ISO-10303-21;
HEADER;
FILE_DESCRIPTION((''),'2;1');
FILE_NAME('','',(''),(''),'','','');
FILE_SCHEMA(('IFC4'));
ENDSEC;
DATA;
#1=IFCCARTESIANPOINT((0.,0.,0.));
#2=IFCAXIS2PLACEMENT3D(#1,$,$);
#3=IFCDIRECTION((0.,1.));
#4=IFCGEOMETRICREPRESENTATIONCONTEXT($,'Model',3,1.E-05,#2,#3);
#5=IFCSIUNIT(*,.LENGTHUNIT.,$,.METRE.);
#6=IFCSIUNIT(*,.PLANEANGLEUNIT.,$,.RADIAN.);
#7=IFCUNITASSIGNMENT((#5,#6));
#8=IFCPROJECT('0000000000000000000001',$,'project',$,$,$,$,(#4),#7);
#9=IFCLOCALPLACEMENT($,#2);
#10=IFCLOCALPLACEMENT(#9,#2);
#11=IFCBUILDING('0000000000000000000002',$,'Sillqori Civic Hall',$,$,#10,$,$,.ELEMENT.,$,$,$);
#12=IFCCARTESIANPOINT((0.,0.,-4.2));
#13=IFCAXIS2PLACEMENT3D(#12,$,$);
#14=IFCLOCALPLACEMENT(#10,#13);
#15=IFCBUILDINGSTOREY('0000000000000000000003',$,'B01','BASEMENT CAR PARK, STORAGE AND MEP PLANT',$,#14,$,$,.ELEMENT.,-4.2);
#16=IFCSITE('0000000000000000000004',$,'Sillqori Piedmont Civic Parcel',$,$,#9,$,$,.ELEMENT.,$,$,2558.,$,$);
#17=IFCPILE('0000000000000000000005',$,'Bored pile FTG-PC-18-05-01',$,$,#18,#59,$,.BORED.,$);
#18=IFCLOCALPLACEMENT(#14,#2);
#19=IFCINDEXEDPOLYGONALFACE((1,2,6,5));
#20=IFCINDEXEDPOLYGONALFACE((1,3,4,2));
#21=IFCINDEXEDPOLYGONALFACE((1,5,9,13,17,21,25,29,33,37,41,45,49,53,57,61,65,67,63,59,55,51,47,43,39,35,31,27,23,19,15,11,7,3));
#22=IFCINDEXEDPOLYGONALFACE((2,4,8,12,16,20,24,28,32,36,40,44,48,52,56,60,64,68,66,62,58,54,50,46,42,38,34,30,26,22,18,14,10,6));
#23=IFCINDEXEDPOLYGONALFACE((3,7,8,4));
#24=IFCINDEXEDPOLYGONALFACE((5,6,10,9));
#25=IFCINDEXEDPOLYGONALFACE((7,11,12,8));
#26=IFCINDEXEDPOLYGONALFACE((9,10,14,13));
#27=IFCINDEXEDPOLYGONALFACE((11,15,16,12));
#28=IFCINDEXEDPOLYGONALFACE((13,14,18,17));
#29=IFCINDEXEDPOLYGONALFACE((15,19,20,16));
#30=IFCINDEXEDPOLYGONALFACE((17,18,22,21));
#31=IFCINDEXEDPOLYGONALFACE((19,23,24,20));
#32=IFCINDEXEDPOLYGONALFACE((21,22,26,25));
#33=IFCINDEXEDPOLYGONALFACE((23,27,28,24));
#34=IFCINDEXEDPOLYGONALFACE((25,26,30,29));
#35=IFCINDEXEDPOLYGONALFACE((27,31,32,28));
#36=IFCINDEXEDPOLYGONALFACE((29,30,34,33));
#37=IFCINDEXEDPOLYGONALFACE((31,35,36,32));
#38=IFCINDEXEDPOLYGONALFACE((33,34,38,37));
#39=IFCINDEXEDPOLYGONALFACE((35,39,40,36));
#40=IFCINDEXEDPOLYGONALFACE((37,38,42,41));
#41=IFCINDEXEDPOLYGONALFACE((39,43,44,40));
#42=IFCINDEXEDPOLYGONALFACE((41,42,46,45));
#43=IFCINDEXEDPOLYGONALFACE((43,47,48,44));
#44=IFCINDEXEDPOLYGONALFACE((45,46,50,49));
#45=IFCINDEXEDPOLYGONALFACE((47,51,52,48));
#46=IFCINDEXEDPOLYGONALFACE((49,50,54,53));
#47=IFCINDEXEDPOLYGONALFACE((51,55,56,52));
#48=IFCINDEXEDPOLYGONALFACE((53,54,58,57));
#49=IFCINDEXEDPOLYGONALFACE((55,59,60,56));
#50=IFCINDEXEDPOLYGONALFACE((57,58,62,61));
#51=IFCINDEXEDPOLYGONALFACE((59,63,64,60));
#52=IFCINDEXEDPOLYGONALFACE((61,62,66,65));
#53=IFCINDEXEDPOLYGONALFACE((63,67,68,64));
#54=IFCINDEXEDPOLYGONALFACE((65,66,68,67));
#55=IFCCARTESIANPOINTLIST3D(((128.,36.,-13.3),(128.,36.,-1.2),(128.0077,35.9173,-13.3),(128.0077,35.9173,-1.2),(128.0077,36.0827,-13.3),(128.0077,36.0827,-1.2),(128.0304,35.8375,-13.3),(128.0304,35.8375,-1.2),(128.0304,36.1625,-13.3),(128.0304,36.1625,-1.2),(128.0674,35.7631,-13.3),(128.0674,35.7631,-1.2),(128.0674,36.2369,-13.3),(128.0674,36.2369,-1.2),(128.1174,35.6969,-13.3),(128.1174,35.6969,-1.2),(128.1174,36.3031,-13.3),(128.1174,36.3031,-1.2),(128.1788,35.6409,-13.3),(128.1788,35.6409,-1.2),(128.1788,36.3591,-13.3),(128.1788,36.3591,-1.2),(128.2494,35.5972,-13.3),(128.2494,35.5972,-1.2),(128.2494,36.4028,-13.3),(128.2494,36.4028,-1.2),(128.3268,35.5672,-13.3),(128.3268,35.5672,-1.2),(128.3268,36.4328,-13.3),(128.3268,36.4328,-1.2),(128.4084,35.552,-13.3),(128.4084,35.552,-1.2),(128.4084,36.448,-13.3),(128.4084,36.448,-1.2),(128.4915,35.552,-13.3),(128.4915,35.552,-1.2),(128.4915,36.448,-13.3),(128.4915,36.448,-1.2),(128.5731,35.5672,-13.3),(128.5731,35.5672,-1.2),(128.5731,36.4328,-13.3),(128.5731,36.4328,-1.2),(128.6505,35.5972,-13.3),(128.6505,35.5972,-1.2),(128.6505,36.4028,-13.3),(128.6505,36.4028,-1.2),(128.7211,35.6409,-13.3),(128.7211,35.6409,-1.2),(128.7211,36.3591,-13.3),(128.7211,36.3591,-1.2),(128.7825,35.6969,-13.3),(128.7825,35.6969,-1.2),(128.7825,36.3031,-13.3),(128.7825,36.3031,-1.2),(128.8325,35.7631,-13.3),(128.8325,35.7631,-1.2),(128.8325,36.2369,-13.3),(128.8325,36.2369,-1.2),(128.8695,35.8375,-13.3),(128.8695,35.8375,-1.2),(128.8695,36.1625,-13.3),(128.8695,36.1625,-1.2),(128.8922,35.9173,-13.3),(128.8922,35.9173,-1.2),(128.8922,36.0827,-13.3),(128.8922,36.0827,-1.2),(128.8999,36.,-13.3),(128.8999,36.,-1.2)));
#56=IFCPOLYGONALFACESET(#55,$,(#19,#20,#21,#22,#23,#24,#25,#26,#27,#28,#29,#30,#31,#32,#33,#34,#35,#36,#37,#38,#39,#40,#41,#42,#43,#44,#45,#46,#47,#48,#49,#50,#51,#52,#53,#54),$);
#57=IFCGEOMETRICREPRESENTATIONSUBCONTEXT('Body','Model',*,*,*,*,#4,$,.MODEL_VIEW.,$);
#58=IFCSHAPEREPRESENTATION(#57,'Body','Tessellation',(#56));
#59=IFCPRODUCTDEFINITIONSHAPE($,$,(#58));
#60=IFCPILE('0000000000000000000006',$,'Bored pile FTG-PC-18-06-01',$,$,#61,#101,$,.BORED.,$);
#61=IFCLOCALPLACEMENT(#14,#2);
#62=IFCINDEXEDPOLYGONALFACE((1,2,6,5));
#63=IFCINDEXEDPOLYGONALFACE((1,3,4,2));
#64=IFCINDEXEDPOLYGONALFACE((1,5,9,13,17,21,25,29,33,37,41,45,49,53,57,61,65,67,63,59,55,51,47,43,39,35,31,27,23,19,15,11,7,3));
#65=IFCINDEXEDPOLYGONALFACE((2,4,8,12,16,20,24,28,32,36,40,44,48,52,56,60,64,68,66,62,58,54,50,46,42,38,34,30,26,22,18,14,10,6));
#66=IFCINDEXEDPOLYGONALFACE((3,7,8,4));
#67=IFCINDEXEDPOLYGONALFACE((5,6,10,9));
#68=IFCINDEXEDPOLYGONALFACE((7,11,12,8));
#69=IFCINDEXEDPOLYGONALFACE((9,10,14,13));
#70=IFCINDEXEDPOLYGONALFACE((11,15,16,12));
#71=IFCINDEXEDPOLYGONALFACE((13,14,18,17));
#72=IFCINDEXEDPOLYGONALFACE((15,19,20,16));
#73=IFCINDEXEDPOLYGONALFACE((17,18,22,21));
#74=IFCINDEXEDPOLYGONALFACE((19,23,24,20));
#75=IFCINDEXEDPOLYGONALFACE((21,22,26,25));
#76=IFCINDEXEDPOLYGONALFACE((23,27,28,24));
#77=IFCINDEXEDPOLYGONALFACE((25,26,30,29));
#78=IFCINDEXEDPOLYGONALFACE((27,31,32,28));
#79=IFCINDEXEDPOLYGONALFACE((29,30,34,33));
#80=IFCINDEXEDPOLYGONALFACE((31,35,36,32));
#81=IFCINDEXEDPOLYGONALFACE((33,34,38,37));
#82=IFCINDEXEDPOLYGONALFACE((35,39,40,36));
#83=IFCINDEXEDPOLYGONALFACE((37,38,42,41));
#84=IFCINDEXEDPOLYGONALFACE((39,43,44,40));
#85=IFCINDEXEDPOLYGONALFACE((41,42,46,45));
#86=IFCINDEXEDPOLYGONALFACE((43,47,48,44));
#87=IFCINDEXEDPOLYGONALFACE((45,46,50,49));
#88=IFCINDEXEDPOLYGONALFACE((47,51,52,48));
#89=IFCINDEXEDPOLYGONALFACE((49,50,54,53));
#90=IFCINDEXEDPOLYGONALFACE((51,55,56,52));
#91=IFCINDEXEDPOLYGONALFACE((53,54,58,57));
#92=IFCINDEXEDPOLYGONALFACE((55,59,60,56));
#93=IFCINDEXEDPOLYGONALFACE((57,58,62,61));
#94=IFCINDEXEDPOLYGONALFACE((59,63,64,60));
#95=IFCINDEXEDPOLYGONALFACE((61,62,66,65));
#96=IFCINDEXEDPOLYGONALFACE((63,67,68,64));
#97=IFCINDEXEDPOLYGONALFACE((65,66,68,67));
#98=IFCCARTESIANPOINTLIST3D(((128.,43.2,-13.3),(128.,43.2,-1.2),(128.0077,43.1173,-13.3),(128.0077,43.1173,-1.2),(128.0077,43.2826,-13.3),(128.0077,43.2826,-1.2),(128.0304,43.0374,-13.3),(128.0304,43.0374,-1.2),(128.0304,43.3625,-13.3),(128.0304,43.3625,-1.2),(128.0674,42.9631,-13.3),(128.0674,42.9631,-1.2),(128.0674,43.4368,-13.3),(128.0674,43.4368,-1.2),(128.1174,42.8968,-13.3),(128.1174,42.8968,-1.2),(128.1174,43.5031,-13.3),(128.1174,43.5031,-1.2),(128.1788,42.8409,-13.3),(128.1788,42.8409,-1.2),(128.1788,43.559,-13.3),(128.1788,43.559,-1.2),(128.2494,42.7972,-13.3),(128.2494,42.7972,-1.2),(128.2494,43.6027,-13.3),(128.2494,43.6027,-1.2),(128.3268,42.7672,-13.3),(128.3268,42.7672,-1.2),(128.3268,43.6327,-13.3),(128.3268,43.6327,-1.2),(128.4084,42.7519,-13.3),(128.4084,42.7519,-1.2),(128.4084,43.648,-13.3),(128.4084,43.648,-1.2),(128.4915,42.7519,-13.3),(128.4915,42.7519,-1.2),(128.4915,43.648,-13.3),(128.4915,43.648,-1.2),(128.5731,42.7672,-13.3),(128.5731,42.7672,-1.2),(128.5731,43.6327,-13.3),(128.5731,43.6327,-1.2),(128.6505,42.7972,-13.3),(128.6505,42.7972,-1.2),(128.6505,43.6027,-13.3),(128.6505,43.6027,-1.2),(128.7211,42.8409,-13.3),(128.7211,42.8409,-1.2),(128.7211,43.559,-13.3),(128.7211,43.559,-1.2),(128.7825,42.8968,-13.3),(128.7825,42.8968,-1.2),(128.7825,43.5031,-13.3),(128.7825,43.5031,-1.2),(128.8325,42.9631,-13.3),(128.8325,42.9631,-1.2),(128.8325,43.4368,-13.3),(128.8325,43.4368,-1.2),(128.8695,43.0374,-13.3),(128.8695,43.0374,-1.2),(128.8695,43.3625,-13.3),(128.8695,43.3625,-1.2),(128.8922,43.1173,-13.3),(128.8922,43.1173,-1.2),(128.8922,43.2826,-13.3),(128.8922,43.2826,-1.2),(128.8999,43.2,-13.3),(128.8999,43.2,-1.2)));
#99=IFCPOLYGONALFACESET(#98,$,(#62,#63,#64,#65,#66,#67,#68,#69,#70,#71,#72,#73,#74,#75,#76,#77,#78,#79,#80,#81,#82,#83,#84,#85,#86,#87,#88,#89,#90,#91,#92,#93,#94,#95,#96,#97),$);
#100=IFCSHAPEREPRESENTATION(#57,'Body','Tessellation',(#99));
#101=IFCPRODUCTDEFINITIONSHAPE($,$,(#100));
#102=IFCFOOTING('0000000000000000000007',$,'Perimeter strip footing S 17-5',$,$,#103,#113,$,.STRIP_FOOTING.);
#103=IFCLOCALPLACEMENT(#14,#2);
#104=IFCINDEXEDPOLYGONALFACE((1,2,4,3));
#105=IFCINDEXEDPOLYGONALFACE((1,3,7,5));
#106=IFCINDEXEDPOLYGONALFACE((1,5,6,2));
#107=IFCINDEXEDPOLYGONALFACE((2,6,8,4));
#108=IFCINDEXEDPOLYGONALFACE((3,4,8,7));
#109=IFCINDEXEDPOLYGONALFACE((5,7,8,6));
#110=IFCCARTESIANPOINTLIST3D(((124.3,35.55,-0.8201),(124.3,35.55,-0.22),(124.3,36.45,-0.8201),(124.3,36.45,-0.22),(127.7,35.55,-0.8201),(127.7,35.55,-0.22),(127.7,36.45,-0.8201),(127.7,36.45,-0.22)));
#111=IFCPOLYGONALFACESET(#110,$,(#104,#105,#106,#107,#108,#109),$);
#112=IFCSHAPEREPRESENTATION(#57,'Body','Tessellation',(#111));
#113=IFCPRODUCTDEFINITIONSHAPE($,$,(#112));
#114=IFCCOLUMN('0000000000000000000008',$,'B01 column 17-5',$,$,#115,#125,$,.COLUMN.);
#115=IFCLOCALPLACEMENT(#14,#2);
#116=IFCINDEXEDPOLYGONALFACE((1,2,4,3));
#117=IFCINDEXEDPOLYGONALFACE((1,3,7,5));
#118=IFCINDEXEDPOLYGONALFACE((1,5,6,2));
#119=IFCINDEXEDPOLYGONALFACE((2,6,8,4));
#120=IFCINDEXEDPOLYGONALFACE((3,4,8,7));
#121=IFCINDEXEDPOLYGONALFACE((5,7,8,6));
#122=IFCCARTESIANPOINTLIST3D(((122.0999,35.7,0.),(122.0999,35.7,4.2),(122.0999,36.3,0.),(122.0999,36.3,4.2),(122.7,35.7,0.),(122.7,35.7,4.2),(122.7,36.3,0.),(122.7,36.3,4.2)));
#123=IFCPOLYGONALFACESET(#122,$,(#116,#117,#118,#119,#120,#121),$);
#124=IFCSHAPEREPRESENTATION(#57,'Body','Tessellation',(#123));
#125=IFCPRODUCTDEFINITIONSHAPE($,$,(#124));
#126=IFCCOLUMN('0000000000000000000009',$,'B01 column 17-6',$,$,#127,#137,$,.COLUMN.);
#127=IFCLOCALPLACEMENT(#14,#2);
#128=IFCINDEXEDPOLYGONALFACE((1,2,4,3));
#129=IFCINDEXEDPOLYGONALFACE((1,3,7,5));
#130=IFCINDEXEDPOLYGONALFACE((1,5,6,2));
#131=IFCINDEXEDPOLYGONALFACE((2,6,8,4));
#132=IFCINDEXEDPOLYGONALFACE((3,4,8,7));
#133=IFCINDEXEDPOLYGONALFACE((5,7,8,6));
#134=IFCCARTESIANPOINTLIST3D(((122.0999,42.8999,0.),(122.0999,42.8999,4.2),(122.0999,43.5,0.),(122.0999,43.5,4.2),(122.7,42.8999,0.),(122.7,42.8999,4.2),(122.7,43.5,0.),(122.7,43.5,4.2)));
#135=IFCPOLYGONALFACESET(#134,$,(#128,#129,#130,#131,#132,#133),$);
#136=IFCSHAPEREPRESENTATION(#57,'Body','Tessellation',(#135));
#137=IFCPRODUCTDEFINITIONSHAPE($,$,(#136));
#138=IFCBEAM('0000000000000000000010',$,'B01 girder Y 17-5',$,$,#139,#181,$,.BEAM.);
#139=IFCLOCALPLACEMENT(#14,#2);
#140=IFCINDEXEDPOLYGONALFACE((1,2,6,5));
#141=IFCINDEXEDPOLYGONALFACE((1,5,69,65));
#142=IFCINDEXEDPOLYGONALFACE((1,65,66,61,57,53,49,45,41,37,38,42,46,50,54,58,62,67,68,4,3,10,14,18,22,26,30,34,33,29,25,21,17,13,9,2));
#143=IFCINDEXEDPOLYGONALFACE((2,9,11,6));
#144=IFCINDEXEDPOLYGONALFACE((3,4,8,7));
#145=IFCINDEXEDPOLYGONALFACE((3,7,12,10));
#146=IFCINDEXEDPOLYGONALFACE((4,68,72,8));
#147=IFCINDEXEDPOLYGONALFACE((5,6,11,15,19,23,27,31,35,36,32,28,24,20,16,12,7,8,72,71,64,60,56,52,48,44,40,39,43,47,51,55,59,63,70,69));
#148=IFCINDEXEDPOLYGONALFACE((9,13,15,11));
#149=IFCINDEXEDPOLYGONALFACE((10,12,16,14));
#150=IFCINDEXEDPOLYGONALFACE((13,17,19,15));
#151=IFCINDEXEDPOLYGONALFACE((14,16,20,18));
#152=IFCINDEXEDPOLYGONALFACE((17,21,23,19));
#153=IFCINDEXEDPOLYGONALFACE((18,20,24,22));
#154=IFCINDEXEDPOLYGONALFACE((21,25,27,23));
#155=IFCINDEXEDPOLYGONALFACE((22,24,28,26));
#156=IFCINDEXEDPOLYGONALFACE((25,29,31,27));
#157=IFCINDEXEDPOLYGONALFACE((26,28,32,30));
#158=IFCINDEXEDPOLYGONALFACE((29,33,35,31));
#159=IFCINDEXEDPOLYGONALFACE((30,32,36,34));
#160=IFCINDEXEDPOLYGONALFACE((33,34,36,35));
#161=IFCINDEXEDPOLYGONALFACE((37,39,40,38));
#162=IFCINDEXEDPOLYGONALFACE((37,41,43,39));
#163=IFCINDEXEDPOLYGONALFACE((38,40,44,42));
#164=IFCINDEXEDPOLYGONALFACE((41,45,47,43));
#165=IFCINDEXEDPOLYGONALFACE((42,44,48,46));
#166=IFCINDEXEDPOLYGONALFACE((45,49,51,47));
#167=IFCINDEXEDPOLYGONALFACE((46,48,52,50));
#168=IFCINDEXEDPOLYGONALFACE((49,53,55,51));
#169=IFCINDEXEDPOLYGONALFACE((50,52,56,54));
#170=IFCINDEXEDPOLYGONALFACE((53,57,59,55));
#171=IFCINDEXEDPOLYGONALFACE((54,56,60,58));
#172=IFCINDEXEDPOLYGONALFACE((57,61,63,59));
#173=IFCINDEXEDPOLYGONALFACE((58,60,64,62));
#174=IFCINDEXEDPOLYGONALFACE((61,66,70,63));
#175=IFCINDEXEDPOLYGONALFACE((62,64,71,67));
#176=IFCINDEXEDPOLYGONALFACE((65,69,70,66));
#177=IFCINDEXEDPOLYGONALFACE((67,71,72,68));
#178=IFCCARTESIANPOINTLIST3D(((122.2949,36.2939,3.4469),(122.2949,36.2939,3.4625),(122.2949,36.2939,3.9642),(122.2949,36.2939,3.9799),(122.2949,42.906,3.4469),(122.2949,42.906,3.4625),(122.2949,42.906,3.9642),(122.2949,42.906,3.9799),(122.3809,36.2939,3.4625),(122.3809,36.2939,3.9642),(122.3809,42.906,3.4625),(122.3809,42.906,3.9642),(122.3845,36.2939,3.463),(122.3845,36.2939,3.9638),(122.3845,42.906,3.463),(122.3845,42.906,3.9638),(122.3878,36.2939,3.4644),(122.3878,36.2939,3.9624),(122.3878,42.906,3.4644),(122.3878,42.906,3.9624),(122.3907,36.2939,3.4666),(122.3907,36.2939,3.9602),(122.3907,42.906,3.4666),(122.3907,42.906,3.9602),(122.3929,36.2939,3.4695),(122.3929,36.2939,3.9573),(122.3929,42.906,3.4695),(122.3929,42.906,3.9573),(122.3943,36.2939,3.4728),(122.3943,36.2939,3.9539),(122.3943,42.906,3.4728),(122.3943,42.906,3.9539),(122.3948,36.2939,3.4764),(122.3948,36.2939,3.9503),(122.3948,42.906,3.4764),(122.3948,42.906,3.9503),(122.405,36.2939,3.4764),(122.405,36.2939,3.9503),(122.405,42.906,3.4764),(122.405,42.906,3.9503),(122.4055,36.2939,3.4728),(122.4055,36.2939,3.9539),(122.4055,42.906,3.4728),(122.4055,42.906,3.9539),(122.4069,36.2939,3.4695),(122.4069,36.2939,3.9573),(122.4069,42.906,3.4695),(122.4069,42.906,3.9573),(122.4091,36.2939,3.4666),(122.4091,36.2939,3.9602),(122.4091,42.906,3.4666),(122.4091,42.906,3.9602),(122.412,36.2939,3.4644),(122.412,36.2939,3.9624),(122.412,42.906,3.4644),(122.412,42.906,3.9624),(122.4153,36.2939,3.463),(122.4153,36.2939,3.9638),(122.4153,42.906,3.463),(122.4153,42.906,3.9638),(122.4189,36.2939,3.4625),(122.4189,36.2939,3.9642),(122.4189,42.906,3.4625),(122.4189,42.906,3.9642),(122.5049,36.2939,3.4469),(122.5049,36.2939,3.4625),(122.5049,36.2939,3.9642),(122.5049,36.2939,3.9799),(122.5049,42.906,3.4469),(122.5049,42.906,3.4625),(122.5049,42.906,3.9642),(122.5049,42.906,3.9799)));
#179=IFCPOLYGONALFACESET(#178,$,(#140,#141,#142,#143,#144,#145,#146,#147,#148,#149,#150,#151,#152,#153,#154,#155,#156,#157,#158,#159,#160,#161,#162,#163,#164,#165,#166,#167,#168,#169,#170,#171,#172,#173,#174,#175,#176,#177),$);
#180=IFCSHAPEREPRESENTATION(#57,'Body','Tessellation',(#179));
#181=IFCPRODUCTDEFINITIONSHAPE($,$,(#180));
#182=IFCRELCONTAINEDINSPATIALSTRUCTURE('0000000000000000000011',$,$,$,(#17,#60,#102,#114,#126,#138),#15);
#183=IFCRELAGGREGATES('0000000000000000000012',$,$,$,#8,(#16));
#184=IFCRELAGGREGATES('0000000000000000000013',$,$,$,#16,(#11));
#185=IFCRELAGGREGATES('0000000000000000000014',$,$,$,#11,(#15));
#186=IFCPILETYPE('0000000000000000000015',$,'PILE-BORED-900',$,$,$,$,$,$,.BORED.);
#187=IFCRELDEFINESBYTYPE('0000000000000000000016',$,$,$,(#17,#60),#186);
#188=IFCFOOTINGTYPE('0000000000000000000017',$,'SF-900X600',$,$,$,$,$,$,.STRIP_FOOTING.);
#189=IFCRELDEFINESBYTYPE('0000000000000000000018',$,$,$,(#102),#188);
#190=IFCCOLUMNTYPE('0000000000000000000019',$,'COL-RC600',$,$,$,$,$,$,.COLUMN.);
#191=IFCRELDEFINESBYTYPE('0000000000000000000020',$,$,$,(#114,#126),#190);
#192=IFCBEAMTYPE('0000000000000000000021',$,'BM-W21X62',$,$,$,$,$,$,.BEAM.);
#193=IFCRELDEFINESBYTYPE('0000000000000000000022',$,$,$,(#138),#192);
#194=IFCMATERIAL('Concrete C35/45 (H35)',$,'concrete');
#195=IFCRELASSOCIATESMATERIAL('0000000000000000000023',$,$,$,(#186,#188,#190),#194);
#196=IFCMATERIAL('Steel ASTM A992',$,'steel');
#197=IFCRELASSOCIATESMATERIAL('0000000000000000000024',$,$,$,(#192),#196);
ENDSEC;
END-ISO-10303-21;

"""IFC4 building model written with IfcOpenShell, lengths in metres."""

from ifc_helpers import new_model, si_unit, direction, frame, origin, origin_2d, place, context, subcontext, project, spatial, rectangle, circle, i_section, extrude, material, material_profile, profile_set, type_object, element, save


model = new_model("IFC4")

# Units and contexts
model_context = context("Model", 3, precision=1e-05, world=origin(), true_north=direction((0.0, 1.0)))
body_context = subcontext(model_context, "Body", "Model", "MODEL_VIEW")
ifc_project = project(units=[si_unit("LENGTHUNIT", "METRE"), si_unit("PLANEANGLEUNIT", "RADIAN")], contexts=[model_context])

# Site, building, storey
site_placement = place(None, origin())
site = spatial("IfcSite", under=ifc_project, at=site_placement, Name="Sillqori Piedmont Civic Parcel", CompositionType="ELEMENT", RefElevation=2558.0)
building_placement = place(site_placement, origin())
building = spatial("IfcBuilding", under=site, at=building_placement, Name="Sillqori Civic Hall", CompositionType="ELEMENT")
storey_placement = place(building_placement, frame((0.0, 0.0, -4.2)))
storey = spatial("IfcBuildingStorey", under=building, at=storey_placement, Name="B01", Description="BASEMENT CAR PARK, STORAGE AND MEP PLANT", CompositionType="ELEMENT", Elevation=-4.2)

# Shared definitions
ifc_material_1 = material(Name="Concrete C35/45 (H35)", Category="concrete")

# Piles
ifc_material_profile_1 = material_profile(ifc_material_1, circle(Radius=0.45, at=origin_2d()), Name="BORED PILE 900")
ifc_profile_set_1 = profile_set([ifc_material_profile_1], Name="Concrete C35/45 (H35)")
pile_type = type_object("IfcPileType", Name="PILE-BORED-900", PredefinedType="BORED", material=ifc_profile_set_1)
for number, where, z_axis, x_axis, name in (
    (1, (128.45, 36.0, -1.2), (0.0, 0.0, -1.0), (1.0, 0.0, 0.0), "Bored pile FTG-PC-18-05-01"),
    (2, (128.45, 43.2, -1.2), (0.0, 0.0, -1.0), (1.0, 0.0, 0.0), "Bored pile FTG-PC-18-06-01"),
):
    element("IfcPile", number, at=place(storey_placement, frame(where, z_axis=z_axis, x_axis=x_axis)), inside=storey, type_object=pile_type, Name=name, PredefinedType="BORED", context=body_context, shape_type="SweptSolid", body=[
        extrude(circle(Radius=0.45, at=origin_2d()), origin(), (0.0, 0.0, 1.0), 12.1001),
    ])

# Footing
footing_type_1 = type_object("IfcFootingType", Name="SF-900X600", PredefinedType="STRIP_FOOTING", material=ifc_material_1)
footing_1_placement = place(storey_placement, frame((126.0, 36.0, -0.8201), z_axis=(0.0, 0.0, 1.0), x_axis=(1.0, 0.0, 0.0)))
element("IfcFooting", 3, at=footing_1_placement, inside=storey, type_object=footing_type_1, Name="Perimeter strip footing S 17-5", PredefinedType="STRIP_FOOTING", context=body_context, shape_type="SweptSolid", body=[
    extrude(rectangle(XDim=3.3999, YDim=0.8999, at=origin_2d()), origin(), (0.0, 0.0, 1.0), 0.6001),
])

# Columns
ifc_material_profile_2 = material_profile(ifc_material_1, rectangle(XDim=0.6001, YDim=0.6001, at=origin_2d()), Name="RC 600x600")
ifc_profile_set_2 = profile_set([ifc_material_profile_2], Name="Concrete C35/45 (H35)")
column_type = type_object("IfcColumnType", Name="COL-RC600", PredefinedType="COLUMN", material=ifc_profile_set_2)
for number, where, z_axis, x_axis, name in (
    (4, (122.3999, 36.0, 0.0), (0.0, 0.0, 1.0), (1.0, 0.0, 0.0), "B01 column 17-5"),
    (5, (122.3999, 43.2, 0.0), (0.0, 0.0, 1.0), (1.0, 0.0, 0.0), "B01 column 17-6"),
):
    element("IfcColumn", number, at=place(storey_placement, frame(where, z_axis=z_axis, x_axis=x_axis)), inside=storey, type_object=column_type, Name=name, PredefinedType="COLUMN", context=body_context, shape_type="SweptSolid", body=[
        extrude(rectangle(XDim=0.6001, YDim=0.6001, at=origin_2d()), origin(), (0.0, 0.0, 1.0), 4.2),
    ])

# Beam
ifc_material_2 = material(Name="Steel ASTM A992", Category="steel")
ifc_material_profile_3 = material_profile(ifc_material_2, i_section(OverallWidth=0.21, OverallDepth=0.533, WebThickness=0.0103, FlangeThickness=0.0156, FilletRadius=0.0139, at=origin_2d()), Name="W21X62")
ifc_profile_set_3 = profile_set([ifc_material_profile_3], Name="Steel ASTM A992")
beam_type_1 = type_object("IfcBeamType", Name="BM-W21X62", PredefinedType="BEAM", material=ifc_profile_set_3)
beam_placement = place(storey_placement, frame((122.3999, 36.2939, 3.7134), z_axis=(0.0, 1.0, 0.0), x_axis=(-1.0, 0.0, 0.0)))
element("IfcBeam", 6, at=beam_placement, inside=storey, type_object=beam_type_1, Name="B01 girder Y 17-5", PredefinedType="BEAM", context=body_context, shape_type="SweptSolid", body=[
    extrude(i_section(OverallWidth=0.21, OverallDepth=0.533, WebThickness=0.0103, FlangeThickness=0.0156, FilletRadius=0.0139, at=origin_2d()), origin(), (0.0, 0.0, 1.0), 6.6121),
])

save(model, "model.ifc")
